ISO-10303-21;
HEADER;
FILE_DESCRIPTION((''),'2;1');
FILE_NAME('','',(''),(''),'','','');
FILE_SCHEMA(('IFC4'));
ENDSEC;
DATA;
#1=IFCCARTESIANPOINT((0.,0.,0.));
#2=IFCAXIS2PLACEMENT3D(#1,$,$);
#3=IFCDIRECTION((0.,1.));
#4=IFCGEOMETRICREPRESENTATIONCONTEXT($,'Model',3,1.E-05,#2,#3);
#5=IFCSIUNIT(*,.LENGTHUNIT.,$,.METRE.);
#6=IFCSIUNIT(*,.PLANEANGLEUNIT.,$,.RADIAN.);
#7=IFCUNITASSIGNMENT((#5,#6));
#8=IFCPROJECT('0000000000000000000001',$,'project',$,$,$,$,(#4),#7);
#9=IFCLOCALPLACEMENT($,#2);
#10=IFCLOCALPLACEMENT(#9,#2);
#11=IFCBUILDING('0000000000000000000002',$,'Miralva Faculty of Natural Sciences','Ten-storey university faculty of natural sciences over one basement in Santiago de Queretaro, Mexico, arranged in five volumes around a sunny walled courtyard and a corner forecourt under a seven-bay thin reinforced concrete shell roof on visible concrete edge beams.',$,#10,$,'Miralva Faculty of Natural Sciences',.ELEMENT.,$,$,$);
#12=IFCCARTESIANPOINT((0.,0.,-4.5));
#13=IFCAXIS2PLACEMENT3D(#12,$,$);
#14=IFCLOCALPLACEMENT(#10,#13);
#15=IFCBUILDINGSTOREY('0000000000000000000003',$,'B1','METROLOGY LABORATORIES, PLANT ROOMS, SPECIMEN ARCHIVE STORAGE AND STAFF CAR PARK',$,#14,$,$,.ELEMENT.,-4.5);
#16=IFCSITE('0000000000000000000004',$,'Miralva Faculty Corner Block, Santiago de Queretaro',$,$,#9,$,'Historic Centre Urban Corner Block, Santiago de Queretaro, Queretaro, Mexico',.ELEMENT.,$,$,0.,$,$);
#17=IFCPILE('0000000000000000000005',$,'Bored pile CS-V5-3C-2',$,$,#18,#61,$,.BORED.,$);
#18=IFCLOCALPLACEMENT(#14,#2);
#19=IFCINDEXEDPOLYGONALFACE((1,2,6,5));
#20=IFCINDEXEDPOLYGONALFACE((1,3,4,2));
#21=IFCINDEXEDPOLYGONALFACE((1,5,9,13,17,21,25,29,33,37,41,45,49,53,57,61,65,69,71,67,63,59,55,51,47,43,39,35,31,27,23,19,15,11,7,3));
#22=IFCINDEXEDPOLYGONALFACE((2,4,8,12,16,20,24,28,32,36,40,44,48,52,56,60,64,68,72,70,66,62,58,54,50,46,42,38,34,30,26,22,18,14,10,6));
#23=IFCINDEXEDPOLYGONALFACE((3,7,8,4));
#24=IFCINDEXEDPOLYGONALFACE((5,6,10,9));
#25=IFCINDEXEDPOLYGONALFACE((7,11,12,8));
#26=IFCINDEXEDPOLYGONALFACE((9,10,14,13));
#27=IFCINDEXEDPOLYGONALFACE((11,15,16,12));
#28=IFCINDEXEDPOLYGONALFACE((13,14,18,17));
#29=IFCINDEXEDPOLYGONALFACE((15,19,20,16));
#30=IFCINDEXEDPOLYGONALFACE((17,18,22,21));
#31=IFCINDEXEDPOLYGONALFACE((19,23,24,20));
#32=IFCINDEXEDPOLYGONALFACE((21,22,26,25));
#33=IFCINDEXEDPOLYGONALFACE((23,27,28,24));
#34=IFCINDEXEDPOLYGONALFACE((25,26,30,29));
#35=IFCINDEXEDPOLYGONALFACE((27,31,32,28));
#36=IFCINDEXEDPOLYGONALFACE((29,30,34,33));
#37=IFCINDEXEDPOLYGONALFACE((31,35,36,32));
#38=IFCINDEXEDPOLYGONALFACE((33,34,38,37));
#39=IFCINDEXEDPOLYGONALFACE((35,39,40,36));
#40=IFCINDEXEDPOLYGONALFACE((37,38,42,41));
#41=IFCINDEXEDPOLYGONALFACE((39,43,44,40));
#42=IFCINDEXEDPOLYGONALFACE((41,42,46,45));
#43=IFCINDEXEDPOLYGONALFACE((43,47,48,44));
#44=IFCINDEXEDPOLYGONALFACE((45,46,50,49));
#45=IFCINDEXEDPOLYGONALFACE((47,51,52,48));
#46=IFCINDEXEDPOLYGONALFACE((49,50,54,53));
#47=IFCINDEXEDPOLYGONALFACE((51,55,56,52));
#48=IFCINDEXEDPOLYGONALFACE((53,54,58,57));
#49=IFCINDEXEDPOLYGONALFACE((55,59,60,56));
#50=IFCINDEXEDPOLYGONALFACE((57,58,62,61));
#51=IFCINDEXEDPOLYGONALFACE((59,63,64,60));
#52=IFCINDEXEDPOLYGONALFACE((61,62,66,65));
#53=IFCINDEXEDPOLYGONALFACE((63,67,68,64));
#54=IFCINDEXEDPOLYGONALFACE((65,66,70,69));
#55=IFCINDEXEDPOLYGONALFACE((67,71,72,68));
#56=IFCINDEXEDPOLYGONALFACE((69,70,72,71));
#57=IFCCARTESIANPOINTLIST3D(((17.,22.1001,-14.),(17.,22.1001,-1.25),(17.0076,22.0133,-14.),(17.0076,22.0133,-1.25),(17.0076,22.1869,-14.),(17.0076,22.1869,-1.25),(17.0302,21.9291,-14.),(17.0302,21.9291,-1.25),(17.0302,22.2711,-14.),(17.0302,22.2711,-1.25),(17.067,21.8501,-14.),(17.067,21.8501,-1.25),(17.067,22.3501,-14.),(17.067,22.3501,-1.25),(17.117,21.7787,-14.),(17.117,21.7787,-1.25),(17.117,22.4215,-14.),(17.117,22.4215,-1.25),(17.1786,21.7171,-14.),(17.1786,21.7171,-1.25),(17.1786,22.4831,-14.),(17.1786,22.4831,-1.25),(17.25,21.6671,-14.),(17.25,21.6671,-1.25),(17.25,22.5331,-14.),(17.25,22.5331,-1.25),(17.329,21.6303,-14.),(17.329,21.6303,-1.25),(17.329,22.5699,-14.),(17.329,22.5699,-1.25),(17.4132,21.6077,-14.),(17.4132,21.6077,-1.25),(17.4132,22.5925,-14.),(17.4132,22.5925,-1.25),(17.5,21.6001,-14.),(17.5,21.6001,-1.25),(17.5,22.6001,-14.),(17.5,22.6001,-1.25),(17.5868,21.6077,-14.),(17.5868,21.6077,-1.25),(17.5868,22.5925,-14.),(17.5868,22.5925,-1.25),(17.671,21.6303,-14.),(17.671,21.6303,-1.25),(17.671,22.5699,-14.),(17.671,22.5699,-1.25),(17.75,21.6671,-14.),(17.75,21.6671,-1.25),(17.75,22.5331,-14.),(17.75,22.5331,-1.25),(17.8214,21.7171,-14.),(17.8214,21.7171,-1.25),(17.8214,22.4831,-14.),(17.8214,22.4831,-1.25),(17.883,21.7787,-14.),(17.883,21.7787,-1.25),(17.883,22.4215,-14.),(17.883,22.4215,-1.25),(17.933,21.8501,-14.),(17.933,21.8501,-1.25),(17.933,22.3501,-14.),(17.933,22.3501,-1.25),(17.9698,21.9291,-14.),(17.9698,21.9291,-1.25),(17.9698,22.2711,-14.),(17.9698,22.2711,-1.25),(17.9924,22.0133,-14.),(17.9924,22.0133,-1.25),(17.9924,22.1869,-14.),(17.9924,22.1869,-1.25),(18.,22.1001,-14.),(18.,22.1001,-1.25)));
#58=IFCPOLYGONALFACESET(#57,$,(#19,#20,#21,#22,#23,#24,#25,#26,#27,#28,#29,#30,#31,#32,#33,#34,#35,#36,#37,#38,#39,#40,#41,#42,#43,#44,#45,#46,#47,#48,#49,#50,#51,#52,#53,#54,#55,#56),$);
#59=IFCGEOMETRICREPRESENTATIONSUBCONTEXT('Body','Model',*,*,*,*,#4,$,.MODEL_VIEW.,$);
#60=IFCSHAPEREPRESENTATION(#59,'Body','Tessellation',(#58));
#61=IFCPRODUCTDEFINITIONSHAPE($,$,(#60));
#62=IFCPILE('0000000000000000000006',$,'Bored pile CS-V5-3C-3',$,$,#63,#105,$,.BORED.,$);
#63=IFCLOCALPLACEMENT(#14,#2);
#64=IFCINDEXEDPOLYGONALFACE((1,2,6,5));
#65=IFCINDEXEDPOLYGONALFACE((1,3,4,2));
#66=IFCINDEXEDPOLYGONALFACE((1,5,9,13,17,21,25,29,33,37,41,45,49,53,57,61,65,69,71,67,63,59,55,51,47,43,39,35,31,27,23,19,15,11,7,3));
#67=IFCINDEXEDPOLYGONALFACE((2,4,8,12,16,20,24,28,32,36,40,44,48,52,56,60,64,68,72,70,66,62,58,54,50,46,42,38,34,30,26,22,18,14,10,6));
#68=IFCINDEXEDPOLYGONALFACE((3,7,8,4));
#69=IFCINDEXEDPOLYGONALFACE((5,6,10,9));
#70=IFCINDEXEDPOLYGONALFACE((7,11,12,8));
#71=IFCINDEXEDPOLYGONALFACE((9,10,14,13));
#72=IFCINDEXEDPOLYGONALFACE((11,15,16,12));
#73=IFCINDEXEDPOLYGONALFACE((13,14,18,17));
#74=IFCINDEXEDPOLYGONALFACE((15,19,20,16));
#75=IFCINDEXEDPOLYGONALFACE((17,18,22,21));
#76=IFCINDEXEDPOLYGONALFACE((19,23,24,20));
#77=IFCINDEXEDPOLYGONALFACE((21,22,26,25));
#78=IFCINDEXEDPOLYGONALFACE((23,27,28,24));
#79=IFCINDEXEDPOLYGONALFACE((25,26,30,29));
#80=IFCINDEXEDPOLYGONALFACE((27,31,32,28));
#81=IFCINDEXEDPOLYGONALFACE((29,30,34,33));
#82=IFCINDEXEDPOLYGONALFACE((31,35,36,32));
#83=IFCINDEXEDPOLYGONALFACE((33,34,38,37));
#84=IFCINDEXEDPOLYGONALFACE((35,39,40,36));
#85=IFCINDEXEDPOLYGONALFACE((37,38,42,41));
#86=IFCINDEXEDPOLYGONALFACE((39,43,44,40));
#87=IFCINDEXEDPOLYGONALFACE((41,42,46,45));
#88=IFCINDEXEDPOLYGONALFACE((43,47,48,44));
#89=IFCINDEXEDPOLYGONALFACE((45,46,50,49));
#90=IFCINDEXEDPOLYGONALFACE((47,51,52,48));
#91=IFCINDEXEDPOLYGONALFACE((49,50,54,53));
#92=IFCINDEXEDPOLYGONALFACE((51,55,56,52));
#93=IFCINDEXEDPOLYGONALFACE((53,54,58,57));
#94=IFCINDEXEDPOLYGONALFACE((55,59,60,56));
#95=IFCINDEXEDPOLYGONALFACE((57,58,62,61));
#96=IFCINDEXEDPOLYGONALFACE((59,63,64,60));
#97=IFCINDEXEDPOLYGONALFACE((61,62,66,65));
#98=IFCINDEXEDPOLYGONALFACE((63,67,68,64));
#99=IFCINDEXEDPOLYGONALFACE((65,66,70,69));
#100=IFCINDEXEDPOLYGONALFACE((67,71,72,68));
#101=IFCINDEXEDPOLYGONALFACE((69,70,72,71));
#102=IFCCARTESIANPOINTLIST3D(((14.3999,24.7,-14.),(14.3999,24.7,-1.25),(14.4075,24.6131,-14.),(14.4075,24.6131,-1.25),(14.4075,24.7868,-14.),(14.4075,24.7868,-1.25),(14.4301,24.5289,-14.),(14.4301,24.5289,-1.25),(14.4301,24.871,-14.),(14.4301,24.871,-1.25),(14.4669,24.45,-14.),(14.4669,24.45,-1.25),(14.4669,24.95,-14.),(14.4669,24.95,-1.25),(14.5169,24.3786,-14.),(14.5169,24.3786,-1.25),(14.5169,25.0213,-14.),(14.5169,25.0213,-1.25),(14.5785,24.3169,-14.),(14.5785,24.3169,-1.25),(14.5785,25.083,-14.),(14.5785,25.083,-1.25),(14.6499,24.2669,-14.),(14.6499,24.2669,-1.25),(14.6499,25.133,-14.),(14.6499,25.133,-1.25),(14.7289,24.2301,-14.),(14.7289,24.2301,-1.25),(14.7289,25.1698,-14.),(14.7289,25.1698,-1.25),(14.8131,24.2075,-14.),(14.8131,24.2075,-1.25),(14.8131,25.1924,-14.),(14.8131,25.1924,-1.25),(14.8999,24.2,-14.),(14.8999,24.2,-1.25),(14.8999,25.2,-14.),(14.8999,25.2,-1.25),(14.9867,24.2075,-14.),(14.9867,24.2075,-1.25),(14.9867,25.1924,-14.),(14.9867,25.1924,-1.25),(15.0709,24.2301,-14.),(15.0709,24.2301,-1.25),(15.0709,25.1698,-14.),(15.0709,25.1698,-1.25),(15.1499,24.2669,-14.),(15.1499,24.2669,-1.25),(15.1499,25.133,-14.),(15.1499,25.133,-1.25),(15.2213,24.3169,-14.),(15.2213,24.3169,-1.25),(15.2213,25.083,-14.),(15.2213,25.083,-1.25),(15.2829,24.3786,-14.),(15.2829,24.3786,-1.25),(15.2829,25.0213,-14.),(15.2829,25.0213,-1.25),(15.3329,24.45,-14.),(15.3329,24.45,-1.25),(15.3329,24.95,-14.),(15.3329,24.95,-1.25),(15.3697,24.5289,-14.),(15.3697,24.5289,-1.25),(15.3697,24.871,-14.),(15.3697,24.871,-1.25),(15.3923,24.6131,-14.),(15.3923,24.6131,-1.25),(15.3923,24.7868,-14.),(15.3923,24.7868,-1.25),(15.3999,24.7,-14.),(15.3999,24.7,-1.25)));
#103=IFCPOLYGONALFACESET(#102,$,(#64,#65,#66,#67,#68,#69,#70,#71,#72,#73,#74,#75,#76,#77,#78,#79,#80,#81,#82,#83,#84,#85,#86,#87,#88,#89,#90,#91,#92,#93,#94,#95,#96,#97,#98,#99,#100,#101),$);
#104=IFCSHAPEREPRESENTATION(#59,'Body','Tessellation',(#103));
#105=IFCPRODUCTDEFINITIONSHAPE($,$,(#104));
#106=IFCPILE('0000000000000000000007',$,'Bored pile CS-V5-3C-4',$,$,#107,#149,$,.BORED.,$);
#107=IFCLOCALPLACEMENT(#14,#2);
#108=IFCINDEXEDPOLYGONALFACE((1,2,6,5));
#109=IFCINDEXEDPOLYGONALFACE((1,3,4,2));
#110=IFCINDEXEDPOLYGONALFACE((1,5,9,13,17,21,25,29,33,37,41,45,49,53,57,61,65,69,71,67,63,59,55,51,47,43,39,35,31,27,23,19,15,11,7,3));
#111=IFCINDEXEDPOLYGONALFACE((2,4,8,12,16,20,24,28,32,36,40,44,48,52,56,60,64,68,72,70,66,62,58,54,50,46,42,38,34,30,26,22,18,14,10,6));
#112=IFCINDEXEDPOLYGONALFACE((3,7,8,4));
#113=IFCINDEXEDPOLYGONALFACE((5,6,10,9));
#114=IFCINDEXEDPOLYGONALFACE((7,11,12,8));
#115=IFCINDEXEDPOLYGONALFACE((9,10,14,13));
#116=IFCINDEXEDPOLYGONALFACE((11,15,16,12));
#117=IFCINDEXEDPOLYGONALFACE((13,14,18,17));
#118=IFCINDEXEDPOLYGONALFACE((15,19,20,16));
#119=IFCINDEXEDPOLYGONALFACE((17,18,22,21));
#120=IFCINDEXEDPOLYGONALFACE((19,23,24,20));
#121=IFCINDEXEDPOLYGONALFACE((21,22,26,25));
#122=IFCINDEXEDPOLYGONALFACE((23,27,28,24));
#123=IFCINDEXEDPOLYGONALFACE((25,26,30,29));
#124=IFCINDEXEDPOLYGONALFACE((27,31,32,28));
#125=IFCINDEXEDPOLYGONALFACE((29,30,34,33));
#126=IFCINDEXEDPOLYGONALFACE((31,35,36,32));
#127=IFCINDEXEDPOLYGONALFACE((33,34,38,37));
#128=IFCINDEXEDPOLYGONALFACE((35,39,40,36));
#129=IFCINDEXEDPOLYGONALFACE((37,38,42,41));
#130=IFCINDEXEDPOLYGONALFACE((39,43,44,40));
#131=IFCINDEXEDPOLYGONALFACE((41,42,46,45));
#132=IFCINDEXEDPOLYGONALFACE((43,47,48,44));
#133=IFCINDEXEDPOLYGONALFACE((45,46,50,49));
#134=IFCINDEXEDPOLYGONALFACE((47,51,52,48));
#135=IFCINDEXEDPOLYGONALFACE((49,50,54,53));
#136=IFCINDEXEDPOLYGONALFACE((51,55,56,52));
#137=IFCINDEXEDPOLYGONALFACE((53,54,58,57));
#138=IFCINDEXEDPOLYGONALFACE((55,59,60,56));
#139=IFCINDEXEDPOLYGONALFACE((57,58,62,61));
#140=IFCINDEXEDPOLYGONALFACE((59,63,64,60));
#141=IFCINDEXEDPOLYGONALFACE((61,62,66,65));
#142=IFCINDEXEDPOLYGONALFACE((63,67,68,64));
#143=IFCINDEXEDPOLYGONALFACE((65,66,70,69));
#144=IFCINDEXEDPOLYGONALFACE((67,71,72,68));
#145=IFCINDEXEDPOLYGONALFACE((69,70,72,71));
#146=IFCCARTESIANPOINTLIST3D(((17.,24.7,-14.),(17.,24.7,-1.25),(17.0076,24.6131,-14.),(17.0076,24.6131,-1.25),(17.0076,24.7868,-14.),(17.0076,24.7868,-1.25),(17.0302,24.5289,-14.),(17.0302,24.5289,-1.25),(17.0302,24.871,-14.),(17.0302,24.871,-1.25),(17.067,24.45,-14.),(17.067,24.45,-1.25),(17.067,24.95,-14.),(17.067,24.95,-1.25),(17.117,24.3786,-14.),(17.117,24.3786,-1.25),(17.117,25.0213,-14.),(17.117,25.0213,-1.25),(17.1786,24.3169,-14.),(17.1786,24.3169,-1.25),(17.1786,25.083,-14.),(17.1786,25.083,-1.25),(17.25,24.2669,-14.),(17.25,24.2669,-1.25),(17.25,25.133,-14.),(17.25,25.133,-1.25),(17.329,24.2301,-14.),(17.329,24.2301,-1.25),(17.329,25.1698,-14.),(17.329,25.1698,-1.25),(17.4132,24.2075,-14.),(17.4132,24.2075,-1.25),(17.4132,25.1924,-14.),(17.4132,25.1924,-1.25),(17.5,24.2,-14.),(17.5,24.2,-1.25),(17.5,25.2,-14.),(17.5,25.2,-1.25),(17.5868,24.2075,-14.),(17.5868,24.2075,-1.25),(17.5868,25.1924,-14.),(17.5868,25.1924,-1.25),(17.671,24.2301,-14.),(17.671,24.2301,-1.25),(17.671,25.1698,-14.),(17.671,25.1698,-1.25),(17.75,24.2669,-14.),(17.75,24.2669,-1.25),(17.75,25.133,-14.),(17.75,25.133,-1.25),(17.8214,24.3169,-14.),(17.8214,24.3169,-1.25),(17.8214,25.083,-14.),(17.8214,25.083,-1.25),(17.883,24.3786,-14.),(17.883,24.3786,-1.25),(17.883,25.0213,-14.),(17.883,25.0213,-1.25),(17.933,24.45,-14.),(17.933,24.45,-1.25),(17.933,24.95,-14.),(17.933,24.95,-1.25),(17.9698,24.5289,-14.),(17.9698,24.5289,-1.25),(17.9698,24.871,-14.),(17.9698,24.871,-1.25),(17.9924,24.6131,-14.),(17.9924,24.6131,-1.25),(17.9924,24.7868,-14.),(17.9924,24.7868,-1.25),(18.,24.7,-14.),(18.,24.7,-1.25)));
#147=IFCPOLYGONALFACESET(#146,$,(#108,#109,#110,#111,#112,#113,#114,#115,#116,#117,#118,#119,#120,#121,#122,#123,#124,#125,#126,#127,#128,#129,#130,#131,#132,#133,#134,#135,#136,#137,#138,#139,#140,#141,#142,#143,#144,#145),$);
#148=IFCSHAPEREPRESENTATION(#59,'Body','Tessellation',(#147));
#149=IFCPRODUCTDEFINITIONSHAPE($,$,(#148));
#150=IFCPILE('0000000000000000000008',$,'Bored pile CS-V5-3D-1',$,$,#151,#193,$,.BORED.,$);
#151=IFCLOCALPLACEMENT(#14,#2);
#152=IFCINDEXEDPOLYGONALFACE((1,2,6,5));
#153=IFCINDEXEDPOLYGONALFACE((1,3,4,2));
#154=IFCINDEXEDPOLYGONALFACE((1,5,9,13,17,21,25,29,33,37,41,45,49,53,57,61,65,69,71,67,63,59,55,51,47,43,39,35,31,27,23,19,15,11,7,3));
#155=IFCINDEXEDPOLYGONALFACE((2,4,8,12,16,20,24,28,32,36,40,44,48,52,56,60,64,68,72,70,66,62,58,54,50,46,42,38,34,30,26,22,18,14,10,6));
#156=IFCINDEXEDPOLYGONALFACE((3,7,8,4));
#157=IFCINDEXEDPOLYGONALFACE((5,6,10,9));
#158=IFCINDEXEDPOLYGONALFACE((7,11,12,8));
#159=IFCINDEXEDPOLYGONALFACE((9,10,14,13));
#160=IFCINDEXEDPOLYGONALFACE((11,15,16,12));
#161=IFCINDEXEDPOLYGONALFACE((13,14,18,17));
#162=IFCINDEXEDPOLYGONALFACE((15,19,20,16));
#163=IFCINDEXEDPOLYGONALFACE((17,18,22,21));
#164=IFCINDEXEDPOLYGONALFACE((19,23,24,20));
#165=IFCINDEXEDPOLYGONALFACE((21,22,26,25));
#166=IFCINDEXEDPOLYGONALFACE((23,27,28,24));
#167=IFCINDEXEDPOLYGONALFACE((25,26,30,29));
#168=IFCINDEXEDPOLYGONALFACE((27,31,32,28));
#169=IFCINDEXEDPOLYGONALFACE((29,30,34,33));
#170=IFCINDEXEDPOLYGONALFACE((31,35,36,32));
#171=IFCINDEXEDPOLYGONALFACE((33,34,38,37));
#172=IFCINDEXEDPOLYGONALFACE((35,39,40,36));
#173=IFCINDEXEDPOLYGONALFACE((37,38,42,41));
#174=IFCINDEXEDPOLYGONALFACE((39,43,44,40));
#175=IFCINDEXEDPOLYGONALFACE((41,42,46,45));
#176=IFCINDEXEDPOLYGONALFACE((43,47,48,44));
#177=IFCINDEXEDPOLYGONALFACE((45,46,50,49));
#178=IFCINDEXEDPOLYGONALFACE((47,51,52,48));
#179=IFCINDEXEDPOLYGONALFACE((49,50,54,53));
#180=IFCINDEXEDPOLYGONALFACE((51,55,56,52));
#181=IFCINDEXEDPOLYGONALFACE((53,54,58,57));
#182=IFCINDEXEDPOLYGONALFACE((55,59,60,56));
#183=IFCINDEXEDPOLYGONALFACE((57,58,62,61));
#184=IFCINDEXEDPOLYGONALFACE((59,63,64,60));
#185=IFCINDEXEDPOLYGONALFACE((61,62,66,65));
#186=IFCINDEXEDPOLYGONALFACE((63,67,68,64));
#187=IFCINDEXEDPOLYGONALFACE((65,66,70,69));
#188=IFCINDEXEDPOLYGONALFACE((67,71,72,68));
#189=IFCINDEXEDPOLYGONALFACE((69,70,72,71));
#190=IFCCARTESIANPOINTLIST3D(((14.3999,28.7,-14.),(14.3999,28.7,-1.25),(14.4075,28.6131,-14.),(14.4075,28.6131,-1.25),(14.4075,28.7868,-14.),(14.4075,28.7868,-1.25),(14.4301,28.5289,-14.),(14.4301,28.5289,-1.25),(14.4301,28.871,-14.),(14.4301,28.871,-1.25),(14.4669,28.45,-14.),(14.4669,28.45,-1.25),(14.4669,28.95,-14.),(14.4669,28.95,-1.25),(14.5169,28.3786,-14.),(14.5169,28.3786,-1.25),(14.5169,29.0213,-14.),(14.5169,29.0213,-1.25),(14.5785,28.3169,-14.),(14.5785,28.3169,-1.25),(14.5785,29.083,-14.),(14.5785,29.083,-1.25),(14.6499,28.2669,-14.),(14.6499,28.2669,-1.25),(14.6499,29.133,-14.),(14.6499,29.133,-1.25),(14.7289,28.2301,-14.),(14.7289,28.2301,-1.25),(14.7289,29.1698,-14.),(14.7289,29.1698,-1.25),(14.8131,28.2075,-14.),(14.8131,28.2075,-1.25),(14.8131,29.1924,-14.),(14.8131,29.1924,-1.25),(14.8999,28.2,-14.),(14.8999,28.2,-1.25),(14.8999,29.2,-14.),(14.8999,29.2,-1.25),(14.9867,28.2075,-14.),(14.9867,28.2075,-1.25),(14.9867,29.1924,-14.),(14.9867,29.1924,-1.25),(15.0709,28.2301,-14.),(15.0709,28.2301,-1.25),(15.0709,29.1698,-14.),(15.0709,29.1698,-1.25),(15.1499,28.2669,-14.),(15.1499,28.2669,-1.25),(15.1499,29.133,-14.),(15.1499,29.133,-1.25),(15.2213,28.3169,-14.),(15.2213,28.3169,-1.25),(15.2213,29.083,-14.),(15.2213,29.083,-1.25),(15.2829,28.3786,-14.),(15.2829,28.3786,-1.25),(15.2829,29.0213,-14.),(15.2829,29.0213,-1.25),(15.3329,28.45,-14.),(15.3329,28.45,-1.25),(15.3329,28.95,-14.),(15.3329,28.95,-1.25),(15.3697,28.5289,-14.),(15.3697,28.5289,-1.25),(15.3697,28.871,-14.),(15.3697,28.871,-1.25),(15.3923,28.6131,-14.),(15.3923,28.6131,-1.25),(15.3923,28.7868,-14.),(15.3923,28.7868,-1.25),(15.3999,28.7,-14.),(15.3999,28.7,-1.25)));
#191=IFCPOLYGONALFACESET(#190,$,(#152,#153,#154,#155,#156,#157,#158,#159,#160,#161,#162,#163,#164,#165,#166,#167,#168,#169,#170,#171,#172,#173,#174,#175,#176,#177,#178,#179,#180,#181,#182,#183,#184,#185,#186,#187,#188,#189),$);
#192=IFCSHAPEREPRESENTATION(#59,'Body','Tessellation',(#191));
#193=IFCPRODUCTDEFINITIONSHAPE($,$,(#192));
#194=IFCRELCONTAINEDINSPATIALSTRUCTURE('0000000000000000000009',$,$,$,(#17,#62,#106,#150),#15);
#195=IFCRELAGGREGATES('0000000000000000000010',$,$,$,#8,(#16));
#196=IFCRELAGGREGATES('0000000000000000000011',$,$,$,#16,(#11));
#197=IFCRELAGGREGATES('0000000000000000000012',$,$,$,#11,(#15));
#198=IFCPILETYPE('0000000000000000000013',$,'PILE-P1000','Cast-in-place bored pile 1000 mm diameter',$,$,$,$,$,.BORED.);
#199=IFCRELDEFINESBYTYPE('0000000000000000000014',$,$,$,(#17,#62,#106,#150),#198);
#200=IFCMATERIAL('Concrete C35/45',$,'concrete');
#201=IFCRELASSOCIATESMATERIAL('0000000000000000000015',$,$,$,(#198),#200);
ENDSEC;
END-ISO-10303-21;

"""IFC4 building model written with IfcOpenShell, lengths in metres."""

from ifc_helpers import new_model, si_unit, direction, frame, origin, origin_2d, place, context, subcontext, project, spatial, circle, extrude, material, material_profile, profile_set, type_object, element, save


model = new_model("IFC4")

# Units and contexts
model_context = context("Model", 3, precision=1e-05, world=origin(), true_north=direction((0.0, 1.0)))
body_context = subcontext(model_context, "Body", "Model", "MODEL_VIEW")
ifc_project = project(units=[si_unit("LENGTHUNIT", "METRE"), si_unit("PLANEANGLEUNIT", "RADIAN")], contexts=[model_context])

# Site, building, storey
site_placement = place(None, origin())
site = spatial("IfcSite", under=ifc_project, at=site_placement, Name="Miralva Faculty Corner Block, Santiago de Queretaro", LongName="Historic Centre Urban Corner Block, Santiago de Queretaro, Queretaro, Mexico", CompositionType="ELEMENT", RefElevation=0.0)
building_placement = place(site_placement, origin())
building = spatial("IfcBuilding", under=site, at=building_placement, Name="Miralva Faculty of Natural Sciences", Description="Ten-storey university faculty of natural sciences over one basement in Santiago de Queretaro, Mexico, arranged in five volumes around a sunny walled courtyard and a corner forecourt under a seven-bay thin reinforced concrete shell roof on visible concrete edge beams.", LongName="Miralva Faculty of Natural Sciences", CompositionType="ELEMENT")
storey_placement = place(building_placement, frame((0.0, 0.0, -4.5)))
storey = spatial("IfcBuildingStorey", under=building, at=storey_placement, Name="B1", Description="METROLOGY LABORATORIES, PLANT ROOMS, SPECIMEN ARCHIVE STORAGE AND STAFF CAR PARK", CompositionType="ELEMENT", Elevation=-4.5)

# Shared definitions
ifc_material_1 = material(Name="Concrete C35/45", Category="concrete")

# Piles
ifc_material_profile_1 = material_profile(ifc_material_1, circle(Radius=0.5, at=origin_2d()), Name="BORED PILE 1000")
ifc_profile_set_1 = profile_set([ifc_material_profile_1], Name="Concrete C35/45")
pile_type_1 = type_object("IfcPileType", Name="PILE-P1000", Description="Cast-in-place bored pile 1000 mm diameter", PredefinedType="BORED", material=ifc_profile_set_1)
for number, where, z_axis, x_axis, name in (
    (1, (17.5, 22.1001, -1.25), (0.0, 0.0, -1.0), (1.0, 0.0, 0.0), "Bored pile CS-V5-3C-2"),
    (2, (14.8999, 24.7, -1.25), (0.0, 0.0, -1.0), (1.0, 0.0, 0.0), "Bored pile CS-V5-3C-3"),
    (3, (17.5, 24.7, -1.25), (0.0, 0.0, -1.0), (1.0, 0.0, 0.0), "Bored pile CS-V5-3C-4"),
    (4, (14.8999, 28.7, -1.25), (0.0, 0.0, -1.0), (1.0, 0.0, 0.0), "Bored pile CS-V5-3D-1"),
):
    element("IfcPile", number, at=place(storey_placement, frame(where, z_axis=z_axis, x_axis=x_axis)), inside=storey, type_object=pile_type_1, Name=name, PredefinedType="BORED", context=body_context, shape_type="SweptSolid", body=[
        extrude(circle(Radius=0.5, at=origin_2d()), origin(), (0.0, 0.0, 1.0), 12.75),
    ])

save(model, "model.ifc")
